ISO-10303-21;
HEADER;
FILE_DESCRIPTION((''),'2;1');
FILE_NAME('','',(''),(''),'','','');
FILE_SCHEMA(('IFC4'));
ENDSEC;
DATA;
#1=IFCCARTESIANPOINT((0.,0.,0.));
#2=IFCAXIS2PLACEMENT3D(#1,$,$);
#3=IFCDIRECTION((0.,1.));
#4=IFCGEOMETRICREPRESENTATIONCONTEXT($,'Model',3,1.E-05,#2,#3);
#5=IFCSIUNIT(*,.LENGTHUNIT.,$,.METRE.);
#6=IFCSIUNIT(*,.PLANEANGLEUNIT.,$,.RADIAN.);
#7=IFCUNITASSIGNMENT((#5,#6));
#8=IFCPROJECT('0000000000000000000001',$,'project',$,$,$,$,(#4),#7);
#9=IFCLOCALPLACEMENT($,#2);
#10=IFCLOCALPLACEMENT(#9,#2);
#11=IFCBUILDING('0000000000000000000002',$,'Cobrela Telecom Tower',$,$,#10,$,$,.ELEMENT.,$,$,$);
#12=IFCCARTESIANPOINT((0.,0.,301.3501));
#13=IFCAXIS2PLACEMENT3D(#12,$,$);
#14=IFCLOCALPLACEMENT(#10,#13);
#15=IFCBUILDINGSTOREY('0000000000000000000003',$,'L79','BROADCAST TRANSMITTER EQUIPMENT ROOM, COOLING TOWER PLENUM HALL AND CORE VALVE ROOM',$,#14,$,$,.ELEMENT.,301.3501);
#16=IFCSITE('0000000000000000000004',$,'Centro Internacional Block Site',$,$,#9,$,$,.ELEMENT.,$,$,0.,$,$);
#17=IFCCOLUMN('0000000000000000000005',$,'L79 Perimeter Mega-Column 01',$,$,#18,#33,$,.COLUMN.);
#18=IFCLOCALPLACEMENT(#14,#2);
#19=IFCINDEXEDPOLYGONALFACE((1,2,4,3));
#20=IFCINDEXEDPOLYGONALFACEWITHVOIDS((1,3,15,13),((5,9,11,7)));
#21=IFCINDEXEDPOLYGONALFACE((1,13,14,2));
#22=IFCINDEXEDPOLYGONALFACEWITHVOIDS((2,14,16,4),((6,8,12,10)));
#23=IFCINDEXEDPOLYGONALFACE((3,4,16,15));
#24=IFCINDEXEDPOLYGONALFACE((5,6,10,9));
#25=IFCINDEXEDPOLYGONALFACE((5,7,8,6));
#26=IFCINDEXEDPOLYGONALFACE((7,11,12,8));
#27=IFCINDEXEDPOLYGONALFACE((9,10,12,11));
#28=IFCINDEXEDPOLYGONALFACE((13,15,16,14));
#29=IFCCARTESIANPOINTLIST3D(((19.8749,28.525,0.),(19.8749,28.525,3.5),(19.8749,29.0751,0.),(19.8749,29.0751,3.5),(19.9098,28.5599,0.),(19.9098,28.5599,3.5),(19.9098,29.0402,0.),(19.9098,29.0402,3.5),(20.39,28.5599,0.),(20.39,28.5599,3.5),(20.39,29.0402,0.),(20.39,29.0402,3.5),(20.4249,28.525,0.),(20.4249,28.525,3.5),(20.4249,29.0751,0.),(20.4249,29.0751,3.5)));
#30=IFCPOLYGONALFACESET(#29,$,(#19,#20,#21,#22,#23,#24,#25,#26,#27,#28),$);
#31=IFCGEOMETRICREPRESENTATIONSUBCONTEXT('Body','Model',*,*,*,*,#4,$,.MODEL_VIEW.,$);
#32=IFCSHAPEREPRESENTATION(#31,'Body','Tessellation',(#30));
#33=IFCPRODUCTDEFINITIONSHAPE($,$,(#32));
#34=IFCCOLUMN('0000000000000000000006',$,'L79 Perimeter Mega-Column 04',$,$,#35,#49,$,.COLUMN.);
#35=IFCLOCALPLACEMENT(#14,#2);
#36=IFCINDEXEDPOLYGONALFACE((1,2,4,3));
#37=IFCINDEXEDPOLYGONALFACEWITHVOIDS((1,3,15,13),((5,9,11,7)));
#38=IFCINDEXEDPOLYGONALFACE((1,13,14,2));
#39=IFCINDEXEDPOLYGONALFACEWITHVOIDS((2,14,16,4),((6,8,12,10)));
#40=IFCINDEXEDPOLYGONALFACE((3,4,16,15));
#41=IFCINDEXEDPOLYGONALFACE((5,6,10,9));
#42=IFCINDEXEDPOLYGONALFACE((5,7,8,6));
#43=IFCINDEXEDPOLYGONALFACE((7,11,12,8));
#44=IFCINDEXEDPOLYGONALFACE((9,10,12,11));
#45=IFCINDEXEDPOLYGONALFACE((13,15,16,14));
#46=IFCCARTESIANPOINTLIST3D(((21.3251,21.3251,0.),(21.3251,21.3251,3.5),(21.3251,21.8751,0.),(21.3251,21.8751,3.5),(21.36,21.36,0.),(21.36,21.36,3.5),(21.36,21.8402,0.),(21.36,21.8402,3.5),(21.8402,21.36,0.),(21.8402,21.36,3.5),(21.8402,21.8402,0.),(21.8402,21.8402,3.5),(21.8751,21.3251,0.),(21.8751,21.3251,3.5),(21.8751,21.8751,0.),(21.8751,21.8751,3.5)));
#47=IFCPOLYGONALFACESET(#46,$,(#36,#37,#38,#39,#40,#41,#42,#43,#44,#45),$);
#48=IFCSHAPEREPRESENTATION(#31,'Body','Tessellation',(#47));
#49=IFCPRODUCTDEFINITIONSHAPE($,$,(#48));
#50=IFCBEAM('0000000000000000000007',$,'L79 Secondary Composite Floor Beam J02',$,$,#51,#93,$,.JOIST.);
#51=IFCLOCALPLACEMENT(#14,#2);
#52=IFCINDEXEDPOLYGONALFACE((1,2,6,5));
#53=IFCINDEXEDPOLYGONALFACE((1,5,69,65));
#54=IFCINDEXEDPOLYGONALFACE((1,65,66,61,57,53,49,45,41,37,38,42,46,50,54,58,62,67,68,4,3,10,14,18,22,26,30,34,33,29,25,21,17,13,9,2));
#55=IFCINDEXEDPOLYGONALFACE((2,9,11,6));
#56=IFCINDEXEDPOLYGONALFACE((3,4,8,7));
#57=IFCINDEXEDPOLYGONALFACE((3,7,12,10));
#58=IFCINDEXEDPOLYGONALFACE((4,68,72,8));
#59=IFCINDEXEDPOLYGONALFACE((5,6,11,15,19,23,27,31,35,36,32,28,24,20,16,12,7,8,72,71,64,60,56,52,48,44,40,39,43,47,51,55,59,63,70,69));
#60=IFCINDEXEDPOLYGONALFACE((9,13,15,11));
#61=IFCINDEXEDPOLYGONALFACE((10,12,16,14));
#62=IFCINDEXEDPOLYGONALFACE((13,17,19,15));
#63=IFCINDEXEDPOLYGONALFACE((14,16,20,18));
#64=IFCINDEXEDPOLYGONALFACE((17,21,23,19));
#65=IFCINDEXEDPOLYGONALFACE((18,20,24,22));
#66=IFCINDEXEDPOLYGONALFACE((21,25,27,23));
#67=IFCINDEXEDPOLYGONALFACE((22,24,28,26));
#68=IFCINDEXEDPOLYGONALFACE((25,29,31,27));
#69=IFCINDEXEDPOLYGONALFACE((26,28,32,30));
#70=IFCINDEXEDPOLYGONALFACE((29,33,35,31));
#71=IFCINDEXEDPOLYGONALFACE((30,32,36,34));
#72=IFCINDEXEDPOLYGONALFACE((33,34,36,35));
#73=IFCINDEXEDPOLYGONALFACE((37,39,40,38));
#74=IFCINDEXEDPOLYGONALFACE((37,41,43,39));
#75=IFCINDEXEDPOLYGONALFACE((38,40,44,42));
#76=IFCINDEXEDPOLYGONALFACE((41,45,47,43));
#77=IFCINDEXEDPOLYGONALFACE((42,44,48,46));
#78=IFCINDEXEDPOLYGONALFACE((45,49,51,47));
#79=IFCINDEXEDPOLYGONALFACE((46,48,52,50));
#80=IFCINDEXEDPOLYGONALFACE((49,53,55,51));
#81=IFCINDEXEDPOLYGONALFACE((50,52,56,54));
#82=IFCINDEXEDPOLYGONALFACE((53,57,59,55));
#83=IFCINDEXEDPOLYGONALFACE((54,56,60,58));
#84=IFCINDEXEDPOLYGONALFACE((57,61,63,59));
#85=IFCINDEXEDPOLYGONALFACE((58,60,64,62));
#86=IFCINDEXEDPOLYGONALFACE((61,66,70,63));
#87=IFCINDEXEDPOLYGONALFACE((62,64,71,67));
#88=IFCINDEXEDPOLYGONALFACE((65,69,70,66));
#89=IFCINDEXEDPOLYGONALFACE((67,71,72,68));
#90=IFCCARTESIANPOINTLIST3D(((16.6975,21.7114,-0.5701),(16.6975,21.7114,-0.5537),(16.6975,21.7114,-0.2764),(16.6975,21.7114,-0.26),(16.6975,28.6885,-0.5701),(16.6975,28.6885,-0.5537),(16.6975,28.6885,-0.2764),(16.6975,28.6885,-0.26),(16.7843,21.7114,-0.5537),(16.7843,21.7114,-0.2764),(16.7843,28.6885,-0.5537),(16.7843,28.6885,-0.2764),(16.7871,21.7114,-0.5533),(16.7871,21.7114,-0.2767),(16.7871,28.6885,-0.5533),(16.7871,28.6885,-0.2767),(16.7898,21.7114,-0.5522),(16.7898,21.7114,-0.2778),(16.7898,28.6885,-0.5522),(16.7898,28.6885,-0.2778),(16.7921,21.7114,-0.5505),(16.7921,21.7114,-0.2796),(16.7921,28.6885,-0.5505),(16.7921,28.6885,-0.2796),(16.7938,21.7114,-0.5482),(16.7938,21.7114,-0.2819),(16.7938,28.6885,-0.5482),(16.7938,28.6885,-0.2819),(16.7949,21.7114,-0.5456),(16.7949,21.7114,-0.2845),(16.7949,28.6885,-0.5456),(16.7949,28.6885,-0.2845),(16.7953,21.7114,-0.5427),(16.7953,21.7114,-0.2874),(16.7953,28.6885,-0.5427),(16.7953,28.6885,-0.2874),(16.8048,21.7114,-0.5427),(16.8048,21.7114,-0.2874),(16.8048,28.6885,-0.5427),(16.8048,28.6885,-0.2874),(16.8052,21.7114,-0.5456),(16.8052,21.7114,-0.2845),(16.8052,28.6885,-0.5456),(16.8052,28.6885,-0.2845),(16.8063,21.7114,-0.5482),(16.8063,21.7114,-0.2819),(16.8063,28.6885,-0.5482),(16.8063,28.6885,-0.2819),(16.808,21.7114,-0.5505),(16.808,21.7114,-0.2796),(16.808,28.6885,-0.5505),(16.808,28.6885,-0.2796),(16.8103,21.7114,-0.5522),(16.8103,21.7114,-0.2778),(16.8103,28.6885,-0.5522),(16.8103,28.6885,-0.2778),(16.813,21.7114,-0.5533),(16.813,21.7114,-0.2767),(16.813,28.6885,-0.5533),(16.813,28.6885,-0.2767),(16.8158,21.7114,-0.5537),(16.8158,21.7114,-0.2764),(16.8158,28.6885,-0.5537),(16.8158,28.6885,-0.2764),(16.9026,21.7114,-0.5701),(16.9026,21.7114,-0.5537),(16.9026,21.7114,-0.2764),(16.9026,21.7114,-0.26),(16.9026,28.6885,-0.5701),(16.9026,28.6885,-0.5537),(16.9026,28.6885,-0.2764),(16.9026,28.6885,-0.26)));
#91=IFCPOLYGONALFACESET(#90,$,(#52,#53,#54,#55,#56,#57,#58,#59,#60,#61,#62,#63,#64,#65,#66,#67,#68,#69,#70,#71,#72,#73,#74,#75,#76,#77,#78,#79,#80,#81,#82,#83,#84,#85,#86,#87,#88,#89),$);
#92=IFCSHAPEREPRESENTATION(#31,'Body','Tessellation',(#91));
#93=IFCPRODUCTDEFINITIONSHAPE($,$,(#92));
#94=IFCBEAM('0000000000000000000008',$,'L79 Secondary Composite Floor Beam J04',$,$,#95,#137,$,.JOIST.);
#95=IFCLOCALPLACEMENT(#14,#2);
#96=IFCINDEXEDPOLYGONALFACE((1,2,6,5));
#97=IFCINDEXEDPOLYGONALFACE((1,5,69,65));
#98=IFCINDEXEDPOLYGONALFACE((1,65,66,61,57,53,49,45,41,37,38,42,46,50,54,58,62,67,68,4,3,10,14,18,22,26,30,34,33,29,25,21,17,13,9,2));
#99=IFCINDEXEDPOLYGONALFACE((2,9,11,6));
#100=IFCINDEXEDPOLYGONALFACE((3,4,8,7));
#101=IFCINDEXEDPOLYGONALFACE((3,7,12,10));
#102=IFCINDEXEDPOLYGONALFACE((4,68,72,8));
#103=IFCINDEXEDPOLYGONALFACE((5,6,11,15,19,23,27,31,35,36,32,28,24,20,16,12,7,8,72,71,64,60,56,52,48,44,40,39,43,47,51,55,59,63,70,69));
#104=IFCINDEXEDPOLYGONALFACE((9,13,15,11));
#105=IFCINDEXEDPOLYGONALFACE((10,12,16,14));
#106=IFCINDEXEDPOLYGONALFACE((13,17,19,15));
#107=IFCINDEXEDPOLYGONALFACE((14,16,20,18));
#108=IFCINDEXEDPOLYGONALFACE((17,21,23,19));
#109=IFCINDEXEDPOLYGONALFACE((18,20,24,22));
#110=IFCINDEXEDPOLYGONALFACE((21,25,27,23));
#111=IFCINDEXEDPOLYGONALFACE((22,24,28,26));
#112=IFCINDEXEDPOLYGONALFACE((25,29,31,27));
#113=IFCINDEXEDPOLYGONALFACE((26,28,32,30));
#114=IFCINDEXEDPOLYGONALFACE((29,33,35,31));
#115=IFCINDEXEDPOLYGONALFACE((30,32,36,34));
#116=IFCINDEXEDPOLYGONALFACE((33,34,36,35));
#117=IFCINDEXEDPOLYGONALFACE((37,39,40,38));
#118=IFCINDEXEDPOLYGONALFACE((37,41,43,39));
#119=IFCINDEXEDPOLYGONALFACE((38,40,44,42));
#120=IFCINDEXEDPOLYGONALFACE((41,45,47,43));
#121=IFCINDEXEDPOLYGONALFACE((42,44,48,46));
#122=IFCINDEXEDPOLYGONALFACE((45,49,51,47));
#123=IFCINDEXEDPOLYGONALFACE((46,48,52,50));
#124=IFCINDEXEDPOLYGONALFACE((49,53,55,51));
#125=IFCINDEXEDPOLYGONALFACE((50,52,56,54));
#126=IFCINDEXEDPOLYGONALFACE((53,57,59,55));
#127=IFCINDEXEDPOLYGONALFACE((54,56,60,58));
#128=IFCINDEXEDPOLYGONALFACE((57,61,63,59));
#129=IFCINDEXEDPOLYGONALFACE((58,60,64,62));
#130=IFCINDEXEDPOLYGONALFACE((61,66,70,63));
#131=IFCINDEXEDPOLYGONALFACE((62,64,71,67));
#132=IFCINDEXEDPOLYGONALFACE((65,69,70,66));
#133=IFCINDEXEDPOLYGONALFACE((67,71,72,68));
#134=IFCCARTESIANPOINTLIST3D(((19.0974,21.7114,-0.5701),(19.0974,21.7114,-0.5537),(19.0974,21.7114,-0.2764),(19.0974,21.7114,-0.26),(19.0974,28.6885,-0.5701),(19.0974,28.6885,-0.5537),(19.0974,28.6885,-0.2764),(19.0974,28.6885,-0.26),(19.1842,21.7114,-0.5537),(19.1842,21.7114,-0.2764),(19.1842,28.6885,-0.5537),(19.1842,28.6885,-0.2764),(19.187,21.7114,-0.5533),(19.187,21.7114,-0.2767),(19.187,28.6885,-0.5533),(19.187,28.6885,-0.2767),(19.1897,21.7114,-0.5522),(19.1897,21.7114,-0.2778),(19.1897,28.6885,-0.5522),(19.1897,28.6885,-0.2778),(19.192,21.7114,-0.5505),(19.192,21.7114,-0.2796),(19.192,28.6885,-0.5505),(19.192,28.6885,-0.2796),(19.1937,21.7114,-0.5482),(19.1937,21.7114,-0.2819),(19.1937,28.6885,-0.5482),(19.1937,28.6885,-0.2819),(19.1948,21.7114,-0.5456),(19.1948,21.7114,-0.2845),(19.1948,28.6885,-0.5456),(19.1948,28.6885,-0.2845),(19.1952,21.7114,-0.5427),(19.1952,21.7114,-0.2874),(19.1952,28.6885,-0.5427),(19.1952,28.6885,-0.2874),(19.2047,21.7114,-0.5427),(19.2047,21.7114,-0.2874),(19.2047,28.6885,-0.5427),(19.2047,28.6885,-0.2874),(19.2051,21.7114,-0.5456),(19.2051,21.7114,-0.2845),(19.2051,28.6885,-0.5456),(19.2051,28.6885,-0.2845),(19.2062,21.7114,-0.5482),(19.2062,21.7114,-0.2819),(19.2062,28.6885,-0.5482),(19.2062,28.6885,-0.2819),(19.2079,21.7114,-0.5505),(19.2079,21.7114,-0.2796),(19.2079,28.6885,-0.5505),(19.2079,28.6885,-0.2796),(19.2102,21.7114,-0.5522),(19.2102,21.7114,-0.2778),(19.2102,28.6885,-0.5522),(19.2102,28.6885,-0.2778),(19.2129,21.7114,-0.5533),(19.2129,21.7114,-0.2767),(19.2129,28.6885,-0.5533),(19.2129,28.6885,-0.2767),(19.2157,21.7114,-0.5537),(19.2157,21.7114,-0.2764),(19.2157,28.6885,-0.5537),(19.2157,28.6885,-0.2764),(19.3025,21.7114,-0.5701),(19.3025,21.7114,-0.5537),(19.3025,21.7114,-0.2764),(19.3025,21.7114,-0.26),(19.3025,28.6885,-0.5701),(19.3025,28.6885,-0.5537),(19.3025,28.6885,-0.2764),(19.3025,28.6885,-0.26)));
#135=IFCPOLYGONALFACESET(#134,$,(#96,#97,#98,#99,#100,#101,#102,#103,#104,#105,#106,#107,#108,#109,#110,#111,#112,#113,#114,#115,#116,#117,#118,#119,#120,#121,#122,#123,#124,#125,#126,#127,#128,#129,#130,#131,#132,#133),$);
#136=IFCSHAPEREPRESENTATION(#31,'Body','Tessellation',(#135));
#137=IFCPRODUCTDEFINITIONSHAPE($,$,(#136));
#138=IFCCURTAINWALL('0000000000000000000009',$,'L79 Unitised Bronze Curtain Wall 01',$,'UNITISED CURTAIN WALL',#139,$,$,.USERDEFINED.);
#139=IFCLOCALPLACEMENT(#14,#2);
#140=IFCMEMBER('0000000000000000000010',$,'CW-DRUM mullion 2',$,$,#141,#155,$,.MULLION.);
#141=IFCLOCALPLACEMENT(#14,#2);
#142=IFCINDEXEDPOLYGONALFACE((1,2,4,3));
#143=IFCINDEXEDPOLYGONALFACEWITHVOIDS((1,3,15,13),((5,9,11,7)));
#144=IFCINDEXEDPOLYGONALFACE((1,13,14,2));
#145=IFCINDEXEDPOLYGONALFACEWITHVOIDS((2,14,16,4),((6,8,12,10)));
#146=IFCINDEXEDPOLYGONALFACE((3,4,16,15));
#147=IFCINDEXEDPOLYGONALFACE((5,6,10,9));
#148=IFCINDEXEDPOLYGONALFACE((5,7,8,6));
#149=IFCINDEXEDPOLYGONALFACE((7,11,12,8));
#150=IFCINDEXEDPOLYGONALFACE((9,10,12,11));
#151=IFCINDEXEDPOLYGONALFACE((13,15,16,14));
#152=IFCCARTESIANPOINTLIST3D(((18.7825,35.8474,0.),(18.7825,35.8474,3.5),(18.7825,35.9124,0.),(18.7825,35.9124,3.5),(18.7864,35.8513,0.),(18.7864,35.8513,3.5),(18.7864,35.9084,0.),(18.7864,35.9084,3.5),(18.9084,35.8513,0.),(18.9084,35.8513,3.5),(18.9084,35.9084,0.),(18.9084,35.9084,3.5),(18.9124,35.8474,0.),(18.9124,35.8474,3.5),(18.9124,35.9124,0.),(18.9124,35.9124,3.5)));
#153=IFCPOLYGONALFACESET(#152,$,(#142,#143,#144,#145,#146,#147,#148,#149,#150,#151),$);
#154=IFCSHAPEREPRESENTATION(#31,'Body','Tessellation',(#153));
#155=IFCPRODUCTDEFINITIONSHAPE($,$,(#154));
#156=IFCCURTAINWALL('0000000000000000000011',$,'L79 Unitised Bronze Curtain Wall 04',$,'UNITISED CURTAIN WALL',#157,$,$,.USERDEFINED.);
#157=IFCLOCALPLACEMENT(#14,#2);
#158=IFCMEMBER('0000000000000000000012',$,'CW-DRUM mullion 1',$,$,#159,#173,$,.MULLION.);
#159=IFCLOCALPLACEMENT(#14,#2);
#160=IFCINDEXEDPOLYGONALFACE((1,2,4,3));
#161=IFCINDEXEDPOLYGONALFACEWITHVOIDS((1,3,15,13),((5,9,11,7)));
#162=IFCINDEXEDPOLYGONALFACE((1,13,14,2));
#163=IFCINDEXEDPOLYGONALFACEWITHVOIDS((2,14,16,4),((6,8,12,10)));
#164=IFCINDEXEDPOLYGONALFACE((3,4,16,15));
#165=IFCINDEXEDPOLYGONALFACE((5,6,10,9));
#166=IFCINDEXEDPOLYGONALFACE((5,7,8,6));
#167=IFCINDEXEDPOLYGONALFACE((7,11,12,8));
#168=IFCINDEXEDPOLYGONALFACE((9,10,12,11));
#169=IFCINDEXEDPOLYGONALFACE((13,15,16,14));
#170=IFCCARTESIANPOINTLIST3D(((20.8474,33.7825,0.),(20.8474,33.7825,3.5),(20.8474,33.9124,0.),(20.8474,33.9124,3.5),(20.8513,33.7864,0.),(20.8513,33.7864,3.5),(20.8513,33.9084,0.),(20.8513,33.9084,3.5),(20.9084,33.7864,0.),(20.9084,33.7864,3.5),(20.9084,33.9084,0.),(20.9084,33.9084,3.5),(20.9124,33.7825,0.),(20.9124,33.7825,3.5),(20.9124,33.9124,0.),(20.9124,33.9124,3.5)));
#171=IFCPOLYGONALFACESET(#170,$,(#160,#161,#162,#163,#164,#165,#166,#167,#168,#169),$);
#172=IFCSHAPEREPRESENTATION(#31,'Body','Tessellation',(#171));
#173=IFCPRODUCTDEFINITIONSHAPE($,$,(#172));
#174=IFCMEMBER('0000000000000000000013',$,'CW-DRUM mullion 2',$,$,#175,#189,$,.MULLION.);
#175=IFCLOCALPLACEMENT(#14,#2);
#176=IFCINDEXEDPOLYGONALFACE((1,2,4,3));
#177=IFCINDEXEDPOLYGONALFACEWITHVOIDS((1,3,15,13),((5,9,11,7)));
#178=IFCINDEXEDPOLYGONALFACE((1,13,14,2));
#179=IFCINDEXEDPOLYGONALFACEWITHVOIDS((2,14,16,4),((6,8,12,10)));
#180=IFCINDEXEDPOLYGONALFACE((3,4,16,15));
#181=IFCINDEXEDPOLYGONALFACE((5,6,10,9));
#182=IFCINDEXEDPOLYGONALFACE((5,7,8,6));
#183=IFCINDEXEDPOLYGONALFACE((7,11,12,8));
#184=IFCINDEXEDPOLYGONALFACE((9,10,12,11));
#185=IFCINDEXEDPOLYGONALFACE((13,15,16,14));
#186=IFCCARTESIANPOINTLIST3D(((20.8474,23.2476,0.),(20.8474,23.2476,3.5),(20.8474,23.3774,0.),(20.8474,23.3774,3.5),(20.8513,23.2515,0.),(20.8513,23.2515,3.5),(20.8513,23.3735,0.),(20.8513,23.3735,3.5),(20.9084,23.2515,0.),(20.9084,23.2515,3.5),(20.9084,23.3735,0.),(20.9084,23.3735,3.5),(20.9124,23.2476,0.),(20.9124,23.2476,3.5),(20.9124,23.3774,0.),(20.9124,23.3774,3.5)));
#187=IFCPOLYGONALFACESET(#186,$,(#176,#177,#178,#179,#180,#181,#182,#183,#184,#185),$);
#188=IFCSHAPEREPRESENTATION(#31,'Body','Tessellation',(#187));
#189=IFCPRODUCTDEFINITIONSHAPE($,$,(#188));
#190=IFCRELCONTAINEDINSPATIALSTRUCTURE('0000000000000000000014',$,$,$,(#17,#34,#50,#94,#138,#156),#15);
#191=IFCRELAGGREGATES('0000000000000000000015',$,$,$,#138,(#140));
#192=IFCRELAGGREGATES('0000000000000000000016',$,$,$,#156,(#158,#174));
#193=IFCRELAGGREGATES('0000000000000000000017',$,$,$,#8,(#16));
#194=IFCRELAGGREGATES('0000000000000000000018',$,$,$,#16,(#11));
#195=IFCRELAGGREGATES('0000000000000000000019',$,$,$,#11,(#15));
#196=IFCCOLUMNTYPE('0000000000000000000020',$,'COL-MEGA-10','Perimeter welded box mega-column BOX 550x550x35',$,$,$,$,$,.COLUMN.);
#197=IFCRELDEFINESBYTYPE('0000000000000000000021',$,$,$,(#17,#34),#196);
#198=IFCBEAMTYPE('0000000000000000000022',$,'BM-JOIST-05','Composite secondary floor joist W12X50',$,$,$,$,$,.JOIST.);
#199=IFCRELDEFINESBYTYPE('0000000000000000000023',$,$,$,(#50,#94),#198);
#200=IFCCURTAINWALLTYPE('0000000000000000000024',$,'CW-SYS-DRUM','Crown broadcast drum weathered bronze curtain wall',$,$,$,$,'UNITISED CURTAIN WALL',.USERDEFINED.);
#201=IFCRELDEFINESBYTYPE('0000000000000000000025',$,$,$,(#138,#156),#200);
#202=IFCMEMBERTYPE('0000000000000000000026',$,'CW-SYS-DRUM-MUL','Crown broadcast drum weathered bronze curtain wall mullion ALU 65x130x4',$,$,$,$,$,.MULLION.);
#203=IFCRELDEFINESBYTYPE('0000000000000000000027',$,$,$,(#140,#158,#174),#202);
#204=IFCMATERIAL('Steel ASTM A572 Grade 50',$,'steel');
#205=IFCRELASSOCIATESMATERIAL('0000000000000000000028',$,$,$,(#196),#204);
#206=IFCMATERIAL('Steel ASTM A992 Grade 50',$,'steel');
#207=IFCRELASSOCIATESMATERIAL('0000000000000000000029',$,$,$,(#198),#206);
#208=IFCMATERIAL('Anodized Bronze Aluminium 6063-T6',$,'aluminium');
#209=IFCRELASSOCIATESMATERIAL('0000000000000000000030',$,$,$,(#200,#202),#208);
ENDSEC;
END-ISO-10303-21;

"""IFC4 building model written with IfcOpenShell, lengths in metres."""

from ifc_helpers import new_model, si_unit, direction, frame, origin, origin_2d, place, context, subcontext, project, spatial, hollow_rectangle, i_section, extrude, material, material_profile, profile_set, type_object, element, aggregate, save


model = new_model("IFC4")

# Units and contexts
model_context = context("Model", 3, precision=1e-05, world=origin(), true_north=direction((0.0, 1.0)))
body_context = subcontext(model_context, "Body", "Model", "MODEL_VIEW")
ifc_project = project(units=[si_unit("LENGTHUNIT", "METRE"), si_unit("PLANEANGLEUNIT", "RADIAN")], contexts=[model_context])

# Site, building, storey
site_placement = place(None, origin())
site = spatial("IfcSite", under=ifc_project, at=site_placement, Name="Centro Internacional Block Site", CompositionType="ELEMENT", RefElevation=0.0)
building_placement = place(site_placement, origin())
building = spatial("IfcBuilding", under=site, at=building_placement, Name="Cobrela Telecom Tower", CompositionType="ELEMENT")
storey_placement = place(building_placement, frame((0.0, 0.0, 301.3501)))
storey = spatial("IfcBuildingStorey", under=building, at=storey_placement, Name="L79", Description="BROADCAST TRANSMITTER EQUIPMENT ROOM, COOLING TOWER PLENUM HALL AND CORE VALVE ROOM", CompositionType="ELEMENT", Elevation=301.3501)

# Columns
ifc_material_1 = material(Name="Steel ASTM A572 Grade 50", Category="steel")
ifc_material_profile_1 = material_profile(ifc_material_1, hollow_rectangle(XDim=0.55, YDim=0.55, WallThickness=0.0349, at=origin_2d()), Name="BOX 550x550x35")
ifc_profile_set_1 = profile_set([ifc_material_profile_1], Name="Steel ASTM A572 Grade 50")
column_type = type_object("IfcColumnType", Name="COL-MEGA-10", Description="Perimeter welded box mega-column BOX 550x550x35", PredefinedType="COLUMN", material=ifc_profile_set_1)
for number, where, z_axis, x_axis, name in (
    (1, (20.1499, 28.8, 0.0), (0.0, 0.0, 1.0), (1.0, 0.0, 0.0), "L79 Perimeter Mega-Column 01"),
    (2, (21.6001, 21.6001, 0.0), (0.0, 0.0, 1.0), (1.0, 0.0, 0.0), "L79 Perimeter Mega-Column 04"),
):
    element("IfcColumn", number, at=place(storey_placement, frame(where, z_axis=z_axis, x_axis=x_axis)), inside=storey, type_object=column_type, Name=name, PredefinedType="COLUMN", context=body_context, shape_type="SweptSolid", body=[
        extrude(hollow_rectangle(XDim=0.55, YDim=0.55, WallThickness=0.0349, at=origin_2d()), origin(), (0.0, 0.0, 1.0), 3.5),
    ])

# Beams
ifc_material_2 = material(Name="Steel ASTM A992 Grade 50", Category="steel")
ifc_material_profile_2 = material_profile(ifc_material_2, i_section(OverallWidth=0.2051, OverallDepth=0.3101, WebThickness=0.0095, FlangeThickness=0.0164, FilletRadius=0.011, at=origin_2d()), Name="W12X50")
ifc_profile_set_2 = profile_set([ifc_material_profile_2], Name="Steel ASTM A992 Grade 50")
beam_type = type_object("IfcBeamType", Name="BM-JOIST-05", Description="Composite secondary floor joist W12X50", PredefinedType="JOIST", material=ifc_profile_set_2)
for number, where, z_axis, x_axis, name in (
    (3, (16.8, 21.7114, -0.415), (0.0, 1.0, 0.0), (-1.0, 0.0, 0.0), "L79 Secondary Composite Floor Beam J02"),
    (4, (19.2, 21.7114, -0.415), (0.0, 1.0, 0.0), (-1.0, 0.0, 0.0), "L79 Secondary Composite Floor Beam J04"),
):
    element("IfcBeam", number, at=place(storey_placement, frame(where, z_axis=z_axis, x_axis=x_axis)), inside=storey, type_object=beam_type, Name=name, PredefinedType="JOIST", context=body_context, shape_type="SweptSolid", body=[
        extrude(i_section(OverallWidth=0.2051, OverallDepth=0.3101, WebThickness=0.0095, FlangeThickness=0.0164, FilletRadius=0.011, at=origin_2d()), origin(), (0.0, 0.0, 1.0), 6.9771),
    ])

# Curtain wall, member
ifc_material_3 = material(Name="Anodized Bronze Aluminium 6063-T6", Category="aluminium")
curtain_wall_type = type_object("IfcCurtainWallType", Name="CW-SYS-DRUM", Description="Crown broadcast drum weathered bronze curtain wall", ElementType="UNITISED CURTAIN WALL", PredefinedType="USERDEFINED", material=ifc_material_3)
curtain_wall_1_placement = place(storey_placement, origin())
curtain_wall_1 = element("IfcCurtainWall", 5, at=curtain_wall_1_placement, inside=storey, type_object=curtain_wall_type, Name="L79 Unitised Bronze Curtain Wall 01", ObjectType="UNITISED CURTAIN WALL", PredefinedType="USERDEFINED")
ifc_material_profile_3 = material_profile(ifc_material_3, hollow_rectangle(XDim=0.0649, YDim=0.1299, WallThickness=0.0039, at=origin_2d()), Name="ALU 65x130x4")
ifc_profile_set_3 = profile_set([ifc_material_profile_3], Name="Anodized Bronze Aluminium 6063-T6")
member_type_1 = type_object("IfcMemberType", Name="CW-SYS-DRUM-MUL", Description="Crown broadcast drum weathered bronze curtain wall mullion ALU 65x130x4", PredefinedType="MULLION", material=ifc_profile_set_3)
member_1_placement = place(storey_placement, frame((18.8474, 35.8799, 0.0), z_axis=(0.0, 0.0, 1.0), x_axis=(0.0, 1.0, 0.0)))
member_1 = element("IfcMember", 6, at=member_1_placement, type_object=member_type_1, Name="CW-DRUM mullion 2", PredefinedType="MULLION", context=body_context, shape_type="SweptSolid", body=[
    extrude(hollow_rectangle(XDim=0.0649, YDim=0.1299, WallThickness=0.0039, at=origin_2d()), origin(), (0.0, 0.0, 1.0), 3.5),
])

# Curtain wall, members
curtain_wall_2_placement = place(storey_placement, origin())
curtain_wall_2 = element("IfcCurtainWall", 7, at=curtain_wall_2_placement, inside=storey, type_object=curtain_wall_type, Name="L79 Unitised Bronze Curtain Wall 04", ObjectType="UNITISED CURTAIN WALL", PredefinedType="USERDEFINED")
member_2_placement = place(storey_placement, frame((20.8799, 33.8474, 0.0), z_axis=(0.0, 0.0, 1.0), x_axis=(1.0, 0.0, 0.0)))
member_2 = element("IfcMember", 8, at=member_2_placement, type_object=member_type_1, Name="CW-DRUM mullion 1", PredefinedType="MULLION", context=body_context, shape_type="SweptSolid", body=[
    extrude(hollow_rectangle(XDim=0.0649, YDim=0.1299, WallThickness=0.0039, at=origin_2d()), origin(), (0.0, 0.0, 1.0), 3.5),
])
member_3_placement = place(storey_placement, frame((20.8799, 23.3125, 0.0), z_axis=(0.0, 0.0, 1.0), x_axis=(1.0, 0.0, 0.0)))
member_3 = element("IfcMember", 9, at=member_3_placement, type_object=member_type_1, Name="CW-DRUM mullion 2", PredefinedType="MULLION", context=body_context, shape_type="SweptSolid", body=[
    extrude(hollow_rectangle(XDim=0.0649, YDim=0.1299, WallThickness=0.0039, at=origin_2d()), origin(), (0.0, 0.0, 1.0), 3.5),
])

aggregate(curtain_wall_1, [member_1])
aggregate(curtain_wall_2, [member_2, member_3])

save(model, "model.ifc")
